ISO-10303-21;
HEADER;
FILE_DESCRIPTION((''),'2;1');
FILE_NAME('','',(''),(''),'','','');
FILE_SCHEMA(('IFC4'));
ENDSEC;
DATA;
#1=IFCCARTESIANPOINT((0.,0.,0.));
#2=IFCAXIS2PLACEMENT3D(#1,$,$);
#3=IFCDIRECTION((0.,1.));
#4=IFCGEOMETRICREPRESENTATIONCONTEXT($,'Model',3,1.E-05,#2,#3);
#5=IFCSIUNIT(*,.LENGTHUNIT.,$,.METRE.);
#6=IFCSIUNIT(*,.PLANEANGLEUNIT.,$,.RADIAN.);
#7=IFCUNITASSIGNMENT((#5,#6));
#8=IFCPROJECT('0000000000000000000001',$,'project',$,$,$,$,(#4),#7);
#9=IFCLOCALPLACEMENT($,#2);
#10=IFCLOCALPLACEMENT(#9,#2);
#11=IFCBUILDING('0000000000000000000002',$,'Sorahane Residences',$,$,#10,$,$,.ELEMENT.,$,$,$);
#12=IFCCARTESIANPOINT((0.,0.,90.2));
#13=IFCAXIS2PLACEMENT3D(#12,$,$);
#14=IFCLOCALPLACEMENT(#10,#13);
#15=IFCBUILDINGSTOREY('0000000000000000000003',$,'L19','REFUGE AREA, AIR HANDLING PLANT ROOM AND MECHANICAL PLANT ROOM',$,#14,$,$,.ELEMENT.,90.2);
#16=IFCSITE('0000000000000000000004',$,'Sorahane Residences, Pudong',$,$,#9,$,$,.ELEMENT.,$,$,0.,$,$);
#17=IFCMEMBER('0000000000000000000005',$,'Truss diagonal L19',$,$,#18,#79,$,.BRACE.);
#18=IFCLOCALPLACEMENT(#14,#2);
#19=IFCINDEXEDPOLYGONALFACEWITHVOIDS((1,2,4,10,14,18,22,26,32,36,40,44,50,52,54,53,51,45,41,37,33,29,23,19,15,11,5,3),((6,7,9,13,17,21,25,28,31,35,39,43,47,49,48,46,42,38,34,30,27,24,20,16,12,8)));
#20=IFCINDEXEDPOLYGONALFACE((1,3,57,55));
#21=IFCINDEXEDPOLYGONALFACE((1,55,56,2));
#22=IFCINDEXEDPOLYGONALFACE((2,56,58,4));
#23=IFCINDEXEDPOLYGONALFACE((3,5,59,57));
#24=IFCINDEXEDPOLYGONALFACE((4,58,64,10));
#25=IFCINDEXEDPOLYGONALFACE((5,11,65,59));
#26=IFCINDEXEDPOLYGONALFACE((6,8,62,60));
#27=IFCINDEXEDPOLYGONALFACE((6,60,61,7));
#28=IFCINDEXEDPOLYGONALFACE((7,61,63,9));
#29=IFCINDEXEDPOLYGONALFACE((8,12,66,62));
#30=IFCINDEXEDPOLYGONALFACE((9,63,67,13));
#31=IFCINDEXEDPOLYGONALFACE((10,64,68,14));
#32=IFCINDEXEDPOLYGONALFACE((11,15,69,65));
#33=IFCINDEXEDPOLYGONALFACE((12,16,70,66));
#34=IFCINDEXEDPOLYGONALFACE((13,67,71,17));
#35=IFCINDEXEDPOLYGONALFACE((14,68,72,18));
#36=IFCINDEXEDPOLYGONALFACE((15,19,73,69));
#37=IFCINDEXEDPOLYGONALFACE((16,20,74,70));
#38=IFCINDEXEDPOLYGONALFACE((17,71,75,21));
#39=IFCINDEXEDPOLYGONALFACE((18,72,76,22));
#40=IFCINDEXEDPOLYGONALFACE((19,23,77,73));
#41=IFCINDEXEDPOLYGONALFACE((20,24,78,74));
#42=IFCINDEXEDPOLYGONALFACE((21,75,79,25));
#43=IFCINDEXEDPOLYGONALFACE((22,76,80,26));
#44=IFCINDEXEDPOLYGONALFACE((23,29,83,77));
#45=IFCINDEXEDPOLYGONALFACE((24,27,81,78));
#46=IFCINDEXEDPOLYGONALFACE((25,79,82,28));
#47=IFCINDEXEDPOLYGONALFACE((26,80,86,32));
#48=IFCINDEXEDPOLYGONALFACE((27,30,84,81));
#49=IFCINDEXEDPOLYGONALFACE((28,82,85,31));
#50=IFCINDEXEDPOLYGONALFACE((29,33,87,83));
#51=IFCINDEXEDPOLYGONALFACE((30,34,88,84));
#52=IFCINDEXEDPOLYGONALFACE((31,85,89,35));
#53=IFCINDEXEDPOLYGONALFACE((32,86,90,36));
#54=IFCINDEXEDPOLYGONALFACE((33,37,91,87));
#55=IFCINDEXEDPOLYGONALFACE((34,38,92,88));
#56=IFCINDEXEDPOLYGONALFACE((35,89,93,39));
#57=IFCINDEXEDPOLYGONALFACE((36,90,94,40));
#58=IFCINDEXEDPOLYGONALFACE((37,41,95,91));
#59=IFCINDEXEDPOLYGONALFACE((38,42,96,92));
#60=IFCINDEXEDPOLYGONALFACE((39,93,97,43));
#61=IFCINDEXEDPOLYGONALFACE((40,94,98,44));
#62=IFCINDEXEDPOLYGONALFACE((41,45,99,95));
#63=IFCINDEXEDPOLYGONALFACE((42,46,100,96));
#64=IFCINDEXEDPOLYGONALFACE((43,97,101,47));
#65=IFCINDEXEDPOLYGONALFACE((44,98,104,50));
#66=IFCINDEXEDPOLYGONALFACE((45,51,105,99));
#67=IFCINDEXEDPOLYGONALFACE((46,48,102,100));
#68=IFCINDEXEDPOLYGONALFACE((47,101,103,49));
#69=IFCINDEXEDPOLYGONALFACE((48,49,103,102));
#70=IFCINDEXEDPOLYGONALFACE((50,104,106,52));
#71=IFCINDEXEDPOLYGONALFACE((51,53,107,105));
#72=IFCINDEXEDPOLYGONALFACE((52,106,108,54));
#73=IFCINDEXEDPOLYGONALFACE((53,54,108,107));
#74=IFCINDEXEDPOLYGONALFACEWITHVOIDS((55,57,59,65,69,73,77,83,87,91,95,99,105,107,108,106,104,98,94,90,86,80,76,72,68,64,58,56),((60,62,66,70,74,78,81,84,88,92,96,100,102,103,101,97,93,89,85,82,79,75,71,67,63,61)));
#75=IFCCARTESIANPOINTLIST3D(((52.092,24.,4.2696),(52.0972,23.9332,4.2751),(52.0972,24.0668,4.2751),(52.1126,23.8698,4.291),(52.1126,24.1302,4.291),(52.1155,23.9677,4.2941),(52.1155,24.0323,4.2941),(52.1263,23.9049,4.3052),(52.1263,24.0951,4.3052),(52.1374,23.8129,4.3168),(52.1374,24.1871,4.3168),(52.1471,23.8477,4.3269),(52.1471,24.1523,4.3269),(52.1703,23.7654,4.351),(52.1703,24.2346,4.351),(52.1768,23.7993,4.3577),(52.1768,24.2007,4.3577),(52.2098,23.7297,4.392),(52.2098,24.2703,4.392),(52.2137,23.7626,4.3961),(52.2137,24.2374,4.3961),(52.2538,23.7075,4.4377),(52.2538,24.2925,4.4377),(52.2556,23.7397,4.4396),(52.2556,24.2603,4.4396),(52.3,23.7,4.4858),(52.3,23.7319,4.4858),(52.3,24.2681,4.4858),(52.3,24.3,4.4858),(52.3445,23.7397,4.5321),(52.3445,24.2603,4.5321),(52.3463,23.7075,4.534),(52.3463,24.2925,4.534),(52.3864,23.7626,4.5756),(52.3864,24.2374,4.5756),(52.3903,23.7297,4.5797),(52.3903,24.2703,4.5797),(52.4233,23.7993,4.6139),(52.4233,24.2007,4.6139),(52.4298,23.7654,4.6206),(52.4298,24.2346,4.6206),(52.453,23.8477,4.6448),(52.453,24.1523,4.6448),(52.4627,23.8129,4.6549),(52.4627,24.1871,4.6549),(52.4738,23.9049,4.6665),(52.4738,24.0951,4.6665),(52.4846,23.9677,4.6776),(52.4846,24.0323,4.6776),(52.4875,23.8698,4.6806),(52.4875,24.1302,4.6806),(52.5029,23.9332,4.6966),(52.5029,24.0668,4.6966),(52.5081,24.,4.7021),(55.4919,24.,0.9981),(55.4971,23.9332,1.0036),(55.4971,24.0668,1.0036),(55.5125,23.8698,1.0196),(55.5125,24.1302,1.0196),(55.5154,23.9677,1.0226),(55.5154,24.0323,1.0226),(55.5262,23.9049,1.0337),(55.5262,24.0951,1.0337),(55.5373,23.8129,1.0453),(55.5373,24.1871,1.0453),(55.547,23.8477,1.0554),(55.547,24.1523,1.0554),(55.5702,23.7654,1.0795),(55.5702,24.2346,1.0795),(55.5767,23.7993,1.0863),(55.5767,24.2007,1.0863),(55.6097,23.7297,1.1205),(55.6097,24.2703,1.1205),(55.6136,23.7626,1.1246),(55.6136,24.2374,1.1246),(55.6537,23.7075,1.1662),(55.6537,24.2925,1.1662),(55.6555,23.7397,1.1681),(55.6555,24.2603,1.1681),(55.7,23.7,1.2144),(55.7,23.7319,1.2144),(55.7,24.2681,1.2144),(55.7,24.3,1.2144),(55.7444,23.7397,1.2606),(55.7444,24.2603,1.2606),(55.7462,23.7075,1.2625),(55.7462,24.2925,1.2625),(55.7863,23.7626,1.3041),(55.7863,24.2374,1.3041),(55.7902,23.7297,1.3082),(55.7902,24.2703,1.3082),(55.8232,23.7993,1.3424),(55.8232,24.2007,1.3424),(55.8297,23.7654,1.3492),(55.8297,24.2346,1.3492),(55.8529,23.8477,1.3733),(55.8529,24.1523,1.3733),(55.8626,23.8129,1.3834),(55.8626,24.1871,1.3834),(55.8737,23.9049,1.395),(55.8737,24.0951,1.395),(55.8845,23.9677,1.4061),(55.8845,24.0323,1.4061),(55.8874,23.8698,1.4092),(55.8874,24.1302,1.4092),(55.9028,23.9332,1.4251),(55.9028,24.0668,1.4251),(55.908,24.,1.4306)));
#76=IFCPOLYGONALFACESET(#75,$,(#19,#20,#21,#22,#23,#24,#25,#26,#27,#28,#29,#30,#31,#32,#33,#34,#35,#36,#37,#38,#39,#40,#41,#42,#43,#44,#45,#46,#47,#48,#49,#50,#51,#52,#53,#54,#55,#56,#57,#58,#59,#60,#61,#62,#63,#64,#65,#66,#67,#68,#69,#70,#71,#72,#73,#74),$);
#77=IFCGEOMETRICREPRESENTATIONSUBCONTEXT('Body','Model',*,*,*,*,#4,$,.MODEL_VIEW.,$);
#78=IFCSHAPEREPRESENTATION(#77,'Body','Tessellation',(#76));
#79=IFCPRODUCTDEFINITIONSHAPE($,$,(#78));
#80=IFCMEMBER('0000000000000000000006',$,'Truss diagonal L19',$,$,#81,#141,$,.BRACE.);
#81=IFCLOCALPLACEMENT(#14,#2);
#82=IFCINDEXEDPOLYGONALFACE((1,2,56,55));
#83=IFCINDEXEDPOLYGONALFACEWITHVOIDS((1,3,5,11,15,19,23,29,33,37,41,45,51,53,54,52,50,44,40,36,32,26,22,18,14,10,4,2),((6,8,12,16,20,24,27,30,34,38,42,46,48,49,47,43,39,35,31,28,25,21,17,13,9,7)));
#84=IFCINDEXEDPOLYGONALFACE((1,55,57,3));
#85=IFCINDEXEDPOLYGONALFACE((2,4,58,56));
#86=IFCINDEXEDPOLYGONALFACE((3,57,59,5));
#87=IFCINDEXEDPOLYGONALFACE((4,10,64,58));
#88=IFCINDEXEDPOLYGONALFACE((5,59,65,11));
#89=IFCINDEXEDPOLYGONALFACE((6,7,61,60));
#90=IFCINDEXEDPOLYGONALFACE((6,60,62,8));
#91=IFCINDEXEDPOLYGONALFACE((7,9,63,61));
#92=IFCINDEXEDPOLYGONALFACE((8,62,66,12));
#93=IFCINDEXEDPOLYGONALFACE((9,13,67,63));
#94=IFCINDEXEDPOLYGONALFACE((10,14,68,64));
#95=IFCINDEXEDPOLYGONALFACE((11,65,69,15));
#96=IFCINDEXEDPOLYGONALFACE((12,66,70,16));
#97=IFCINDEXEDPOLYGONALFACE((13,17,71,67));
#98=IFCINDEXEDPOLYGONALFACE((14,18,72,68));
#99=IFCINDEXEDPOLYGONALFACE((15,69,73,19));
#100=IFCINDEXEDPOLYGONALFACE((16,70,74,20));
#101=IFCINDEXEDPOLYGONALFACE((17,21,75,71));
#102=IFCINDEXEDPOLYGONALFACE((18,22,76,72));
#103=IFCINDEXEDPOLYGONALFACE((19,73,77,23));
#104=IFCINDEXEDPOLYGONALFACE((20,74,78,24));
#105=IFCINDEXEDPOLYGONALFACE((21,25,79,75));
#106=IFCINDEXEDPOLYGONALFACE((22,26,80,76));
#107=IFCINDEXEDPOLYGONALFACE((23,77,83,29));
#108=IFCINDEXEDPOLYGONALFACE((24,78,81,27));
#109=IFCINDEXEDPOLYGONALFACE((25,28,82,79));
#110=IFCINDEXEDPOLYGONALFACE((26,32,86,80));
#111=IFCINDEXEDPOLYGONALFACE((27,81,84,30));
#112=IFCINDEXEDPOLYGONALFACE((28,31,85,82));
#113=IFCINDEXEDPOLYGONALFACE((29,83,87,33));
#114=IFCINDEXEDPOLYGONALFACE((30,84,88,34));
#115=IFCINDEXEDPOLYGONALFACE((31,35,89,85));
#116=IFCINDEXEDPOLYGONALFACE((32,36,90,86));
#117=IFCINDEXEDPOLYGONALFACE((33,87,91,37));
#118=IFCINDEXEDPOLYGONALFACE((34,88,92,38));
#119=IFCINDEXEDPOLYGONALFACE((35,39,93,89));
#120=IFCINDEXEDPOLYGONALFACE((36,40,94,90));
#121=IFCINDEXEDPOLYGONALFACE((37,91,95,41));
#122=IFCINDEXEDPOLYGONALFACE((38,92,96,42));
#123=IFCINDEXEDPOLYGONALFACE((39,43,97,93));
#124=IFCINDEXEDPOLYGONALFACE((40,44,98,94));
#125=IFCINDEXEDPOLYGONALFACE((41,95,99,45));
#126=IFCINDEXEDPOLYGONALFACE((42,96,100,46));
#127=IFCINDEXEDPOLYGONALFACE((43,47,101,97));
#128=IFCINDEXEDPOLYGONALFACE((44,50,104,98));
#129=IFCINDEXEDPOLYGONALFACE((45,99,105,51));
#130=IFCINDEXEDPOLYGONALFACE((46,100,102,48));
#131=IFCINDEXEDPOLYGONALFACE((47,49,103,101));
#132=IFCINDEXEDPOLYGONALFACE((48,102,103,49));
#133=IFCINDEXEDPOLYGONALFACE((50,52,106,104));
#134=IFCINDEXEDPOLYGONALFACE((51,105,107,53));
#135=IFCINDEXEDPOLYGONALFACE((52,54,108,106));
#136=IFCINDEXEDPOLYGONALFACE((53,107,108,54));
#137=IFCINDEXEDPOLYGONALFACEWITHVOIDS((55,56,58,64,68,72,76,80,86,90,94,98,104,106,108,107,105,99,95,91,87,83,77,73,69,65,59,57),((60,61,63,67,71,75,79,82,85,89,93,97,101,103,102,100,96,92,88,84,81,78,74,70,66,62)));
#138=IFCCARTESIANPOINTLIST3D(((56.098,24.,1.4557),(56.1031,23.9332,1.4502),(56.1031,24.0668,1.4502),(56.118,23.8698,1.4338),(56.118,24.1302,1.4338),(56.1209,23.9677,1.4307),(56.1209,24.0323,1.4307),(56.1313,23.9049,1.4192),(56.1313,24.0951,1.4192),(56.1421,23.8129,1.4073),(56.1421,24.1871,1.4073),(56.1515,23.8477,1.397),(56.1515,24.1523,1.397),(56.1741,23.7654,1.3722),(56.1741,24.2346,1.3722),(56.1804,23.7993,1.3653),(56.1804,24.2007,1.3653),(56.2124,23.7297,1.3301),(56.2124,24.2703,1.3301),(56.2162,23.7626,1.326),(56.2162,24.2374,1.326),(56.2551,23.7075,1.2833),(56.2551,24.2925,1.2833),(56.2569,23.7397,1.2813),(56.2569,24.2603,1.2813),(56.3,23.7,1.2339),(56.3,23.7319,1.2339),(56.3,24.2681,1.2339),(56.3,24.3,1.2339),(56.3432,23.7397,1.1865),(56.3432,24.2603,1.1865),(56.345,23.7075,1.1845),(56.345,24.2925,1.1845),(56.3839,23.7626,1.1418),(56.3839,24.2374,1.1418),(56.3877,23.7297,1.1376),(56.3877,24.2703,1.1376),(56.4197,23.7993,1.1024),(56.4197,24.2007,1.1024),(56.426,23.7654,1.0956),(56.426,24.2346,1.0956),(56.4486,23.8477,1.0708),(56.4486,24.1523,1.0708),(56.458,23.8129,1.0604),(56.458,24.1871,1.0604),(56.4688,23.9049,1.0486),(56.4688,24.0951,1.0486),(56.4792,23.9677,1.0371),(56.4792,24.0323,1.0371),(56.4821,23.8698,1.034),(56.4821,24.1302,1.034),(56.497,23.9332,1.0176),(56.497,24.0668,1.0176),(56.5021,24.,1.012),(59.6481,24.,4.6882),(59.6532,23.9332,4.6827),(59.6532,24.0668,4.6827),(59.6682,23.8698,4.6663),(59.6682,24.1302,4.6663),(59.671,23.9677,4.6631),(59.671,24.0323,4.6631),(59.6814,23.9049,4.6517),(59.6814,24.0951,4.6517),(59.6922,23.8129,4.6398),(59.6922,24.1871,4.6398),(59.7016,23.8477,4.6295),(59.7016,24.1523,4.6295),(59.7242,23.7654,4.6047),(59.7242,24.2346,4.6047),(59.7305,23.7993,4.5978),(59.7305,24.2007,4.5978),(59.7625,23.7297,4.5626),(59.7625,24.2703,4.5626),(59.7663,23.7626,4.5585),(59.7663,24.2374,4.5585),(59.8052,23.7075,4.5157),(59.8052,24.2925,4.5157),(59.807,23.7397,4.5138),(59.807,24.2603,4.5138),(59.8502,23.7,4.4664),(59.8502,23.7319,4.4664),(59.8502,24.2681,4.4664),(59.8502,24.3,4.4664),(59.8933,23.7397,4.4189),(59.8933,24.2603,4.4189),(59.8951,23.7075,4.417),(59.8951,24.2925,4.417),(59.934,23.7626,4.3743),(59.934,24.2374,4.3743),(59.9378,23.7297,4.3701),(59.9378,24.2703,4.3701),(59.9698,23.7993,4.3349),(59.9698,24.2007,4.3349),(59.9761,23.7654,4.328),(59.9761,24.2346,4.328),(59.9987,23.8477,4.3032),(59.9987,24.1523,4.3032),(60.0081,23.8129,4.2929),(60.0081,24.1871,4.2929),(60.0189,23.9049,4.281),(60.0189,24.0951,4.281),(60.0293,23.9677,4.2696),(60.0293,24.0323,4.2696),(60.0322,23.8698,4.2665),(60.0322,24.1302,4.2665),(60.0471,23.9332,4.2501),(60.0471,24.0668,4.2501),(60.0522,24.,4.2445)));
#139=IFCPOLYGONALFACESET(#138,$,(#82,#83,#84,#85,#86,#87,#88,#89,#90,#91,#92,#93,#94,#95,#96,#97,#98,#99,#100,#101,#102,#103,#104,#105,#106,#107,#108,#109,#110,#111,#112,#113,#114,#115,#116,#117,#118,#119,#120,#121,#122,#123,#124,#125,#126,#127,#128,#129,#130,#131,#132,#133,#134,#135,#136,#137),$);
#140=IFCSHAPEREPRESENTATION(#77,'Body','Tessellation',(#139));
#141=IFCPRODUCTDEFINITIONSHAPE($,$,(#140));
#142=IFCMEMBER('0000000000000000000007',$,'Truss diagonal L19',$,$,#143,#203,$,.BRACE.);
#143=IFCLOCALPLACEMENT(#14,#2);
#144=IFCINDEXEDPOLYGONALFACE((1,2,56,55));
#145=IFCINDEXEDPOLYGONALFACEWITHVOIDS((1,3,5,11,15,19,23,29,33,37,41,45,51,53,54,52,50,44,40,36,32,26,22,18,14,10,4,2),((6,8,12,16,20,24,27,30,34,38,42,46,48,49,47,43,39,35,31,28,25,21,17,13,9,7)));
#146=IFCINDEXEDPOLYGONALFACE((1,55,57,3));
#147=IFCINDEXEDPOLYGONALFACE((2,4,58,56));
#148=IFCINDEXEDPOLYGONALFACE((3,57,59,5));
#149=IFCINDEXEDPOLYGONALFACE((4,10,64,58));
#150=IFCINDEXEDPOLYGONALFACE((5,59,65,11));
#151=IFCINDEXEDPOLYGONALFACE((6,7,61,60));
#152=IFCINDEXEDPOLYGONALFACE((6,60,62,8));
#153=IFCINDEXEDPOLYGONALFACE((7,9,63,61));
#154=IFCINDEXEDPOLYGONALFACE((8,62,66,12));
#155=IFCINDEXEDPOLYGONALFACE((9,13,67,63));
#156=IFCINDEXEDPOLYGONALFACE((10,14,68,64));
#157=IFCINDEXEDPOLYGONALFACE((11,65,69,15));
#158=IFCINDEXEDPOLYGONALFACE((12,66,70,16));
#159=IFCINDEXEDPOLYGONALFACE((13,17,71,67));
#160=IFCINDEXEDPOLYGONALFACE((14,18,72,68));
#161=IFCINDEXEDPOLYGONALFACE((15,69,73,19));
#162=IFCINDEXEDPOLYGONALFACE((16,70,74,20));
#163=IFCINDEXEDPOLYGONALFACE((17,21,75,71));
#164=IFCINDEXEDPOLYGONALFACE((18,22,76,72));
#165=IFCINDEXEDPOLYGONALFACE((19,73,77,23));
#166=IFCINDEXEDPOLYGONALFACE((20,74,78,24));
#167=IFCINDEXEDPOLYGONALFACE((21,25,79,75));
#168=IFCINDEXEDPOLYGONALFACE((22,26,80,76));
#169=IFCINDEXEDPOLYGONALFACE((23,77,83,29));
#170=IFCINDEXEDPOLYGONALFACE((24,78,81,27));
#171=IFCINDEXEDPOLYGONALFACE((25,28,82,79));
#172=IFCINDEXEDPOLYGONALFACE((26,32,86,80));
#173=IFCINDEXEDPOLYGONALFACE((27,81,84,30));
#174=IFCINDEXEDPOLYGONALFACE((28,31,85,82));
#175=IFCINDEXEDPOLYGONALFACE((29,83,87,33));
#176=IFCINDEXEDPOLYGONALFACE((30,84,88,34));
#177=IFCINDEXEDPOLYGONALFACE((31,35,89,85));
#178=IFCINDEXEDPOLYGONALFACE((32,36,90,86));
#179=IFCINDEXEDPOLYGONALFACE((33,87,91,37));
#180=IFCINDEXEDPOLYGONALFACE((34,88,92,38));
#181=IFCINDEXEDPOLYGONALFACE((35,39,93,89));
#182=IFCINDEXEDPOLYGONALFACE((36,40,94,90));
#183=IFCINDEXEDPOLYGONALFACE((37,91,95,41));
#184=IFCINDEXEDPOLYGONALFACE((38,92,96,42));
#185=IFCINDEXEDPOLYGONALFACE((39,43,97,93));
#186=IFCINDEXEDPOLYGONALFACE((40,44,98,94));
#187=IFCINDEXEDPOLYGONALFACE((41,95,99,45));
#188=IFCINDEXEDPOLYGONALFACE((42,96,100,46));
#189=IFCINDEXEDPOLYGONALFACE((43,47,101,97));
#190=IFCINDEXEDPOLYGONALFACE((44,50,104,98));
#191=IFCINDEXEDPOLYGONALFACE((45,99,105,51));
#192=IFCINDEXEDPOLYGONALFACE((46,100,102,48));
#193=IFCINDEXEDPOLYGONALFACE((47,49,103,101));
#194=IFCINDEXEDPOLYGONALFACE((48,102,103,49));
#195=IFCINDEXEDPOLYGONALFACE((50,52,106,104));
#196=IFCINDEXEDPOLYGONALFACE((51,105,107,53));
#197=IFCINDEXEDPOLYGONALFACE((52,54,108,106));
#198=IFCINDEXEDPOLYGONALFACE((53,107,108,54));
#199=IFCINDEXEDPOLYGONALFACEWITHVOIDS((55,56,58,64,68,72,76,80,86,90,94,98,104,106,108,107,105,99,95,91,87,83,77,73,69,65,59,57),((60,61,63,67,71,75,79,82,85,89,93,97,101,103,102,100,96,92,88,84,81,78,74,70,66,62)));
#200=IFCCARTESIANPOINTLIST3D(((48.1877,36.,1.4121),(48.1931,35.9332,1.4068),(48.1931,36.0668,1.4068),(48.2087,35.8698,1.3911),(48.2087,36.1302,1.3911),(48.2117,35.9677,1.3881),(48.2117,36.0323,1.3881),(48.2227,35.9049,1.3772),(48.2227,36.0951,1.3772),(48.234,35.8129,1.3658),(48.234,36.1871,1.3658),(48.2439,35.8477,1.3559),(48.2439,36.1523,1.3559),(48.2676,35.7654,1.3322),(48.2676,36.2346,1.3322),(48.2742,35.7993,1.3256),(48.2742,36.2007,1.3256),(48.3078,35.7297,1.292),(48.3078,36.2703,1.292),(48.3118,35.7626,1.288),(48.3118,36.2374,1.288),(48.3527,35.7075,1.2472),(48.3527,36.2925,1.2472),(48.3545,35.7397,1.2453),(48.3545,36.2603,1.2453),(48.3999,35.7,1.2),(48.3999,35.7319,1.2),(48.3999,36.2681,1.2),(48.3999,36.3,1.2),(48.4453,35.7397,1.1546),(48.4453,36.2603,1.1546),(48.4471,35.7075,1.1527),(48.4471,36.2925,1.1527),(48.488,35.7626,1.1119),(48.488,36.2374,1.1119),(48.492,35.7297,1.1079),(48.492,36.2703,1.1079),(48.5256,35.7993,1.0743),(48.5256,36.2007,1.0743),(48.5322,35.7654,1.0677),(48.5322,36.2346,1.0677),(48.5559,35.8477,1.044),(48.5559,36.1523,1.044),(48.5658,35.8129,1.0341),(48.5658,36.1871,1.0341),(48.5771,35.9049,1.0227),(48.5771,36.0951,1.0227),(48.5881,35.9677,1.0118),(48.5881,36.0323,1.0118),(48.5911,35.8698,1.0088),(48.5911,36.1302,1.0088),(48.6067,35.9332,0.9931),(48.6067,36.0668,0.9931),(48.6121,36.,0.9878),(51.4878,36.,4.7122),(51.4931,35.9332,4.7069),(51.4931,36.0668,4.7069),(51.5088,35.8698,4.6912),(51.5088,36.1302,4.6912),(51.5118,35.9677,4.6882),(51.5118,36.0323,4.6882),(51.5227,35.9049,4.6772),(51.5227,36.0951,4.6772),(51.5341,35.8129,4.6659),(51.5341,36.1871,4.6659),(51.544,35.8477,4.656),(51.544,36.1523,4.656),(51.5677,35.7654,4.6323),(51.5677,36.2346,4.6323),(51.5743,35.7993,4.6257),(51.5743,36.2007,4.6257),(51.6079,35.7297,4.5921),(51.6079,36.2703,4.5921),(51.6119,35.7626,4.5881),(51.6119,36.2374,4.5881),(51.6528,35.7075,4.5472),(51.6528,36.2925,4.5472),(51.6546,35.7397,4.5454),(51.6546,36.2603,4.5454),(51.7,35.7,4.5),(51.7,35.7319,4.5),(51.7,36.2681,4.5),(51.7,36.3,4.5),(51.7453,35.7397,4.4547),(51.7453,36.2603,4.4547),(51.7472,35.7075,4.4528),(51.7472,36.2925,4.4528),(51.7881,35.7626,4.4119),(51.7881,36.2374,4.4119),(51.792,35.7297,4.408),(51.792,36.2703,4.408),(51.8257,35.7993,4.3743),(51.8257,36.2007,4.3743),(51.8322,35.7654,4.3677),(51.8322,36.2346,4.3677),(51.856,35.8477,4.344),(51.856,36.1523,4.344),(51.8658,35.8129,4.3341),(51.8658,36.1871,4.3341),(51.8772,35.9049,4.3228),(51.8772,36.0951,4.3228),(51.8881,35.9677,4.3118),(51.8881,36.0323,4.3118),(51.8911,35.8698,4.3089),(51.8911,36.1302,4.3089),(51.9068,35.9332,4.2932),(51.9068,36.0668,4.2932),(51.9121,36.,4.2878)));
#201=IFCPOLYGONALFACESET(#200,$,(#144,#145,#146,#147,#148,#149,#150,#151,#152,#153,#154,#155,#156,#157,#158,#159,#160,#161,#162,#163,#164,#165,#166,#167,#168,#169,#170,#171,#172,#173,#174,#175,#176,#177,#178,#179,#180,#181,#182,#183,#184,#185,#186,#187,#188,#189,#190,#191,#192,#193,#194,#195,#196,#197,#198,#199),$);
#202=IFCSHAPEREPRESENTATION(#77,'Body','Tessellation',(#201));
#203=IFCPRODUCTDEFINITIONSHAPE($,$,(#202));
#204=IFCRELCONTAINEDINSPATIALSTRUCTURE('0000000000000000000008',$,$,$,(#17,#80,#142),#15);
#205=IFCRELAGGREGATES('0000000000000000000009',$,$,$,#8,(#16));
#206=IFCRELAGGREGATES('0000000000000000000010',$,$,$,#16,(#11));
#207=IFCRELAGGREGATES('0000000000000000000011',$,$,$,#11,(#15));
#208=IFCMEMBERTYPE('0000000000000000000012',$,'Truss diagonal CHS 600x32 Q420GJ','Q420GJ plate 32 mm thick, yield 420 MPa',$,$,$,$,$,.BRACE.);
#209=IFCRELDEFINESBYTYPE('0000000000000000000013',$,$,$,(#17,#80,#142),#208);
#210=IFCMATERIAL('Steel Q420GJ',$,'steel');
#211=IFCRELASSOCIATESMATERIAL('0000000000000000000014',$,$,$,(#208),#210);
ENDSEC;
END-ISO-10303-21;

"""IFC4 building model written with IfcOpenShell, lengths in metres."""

from ifc_helpers import new_model, si_unit, direction, frame, origin, origin_2d, place, context, subcontext, project, spatial, hollow_circle, extrude, material, material_profile, profile_set, type_object, element, save


model = new_model("IFC4")

# Units and contexts
model_context = context("Model", 3, precision=1e-05, world=origin(), true_north=direction((0.0, 1.0)))
body_context = subcontext(model_context, "Body", "Model", "MODEL_VIEW")
ifc_project = project(units=[si_unit("LENGTHUNIT", "METRE"), si_unit("PLANEANGLEUNIT", "RADIAN")], contexts=[model_context])

# Site, building, storey
site_placement = place(None, origin())
site = spatial("IfcSite", under=ifc_project, at=site_placement, Name="Sorahane Residences, Pudong", CompositionType="ELEMENT", RefElevation=0.0)
building_placement = place(site_placement, origin())
building = spatial("IfcBuilding", under=site, at=building_placement, Name="Sorahane Residences", CompositionType="ELEMENT")
storey_placement = place(building_placement, frame((0.0, 0.0, 90.2)))
storey = spatial("IfcBuildingStorey", under=building, at=storey_placement, Name="L19", Description="REFUGE AREA, AIR HANDLING PLANT ROOM AND MECHANICAL PLANT ROOM", CompositionType="ELEMENT", Elevation=90.2)

# Members
ifc_material_1 = material(Name="Steel Q420GJ", Category="steel")
ifc_material_profile_1 = material_profile(ifc_material_1, hollow_circle(Radius=0.3, WallThickness=0.032, at=origin_2d()), Name="CHS 600x32")
ifc_profile_set_1 = profile_set([ifc_material_profile_1], Name="Steel Q420GJ")
member_type = type_object("IfcMemberType", Name="Truss diagonal CHS 600x32 Q420GJ", Description="Q420GJ plate 32 mm thick, yield 420 MPa", PredefinedType="BRACE", material=ifc_profile_set_1)
member_1_placement = place(storey_placement, frame((52.3, 24.0, 4.4858), z_axis=(0.720584, 0.0, -0.693367), x_axis=(0.0, 1.0, 0.0)))
element("IfcMember", 1, at=member_1_placement, inside=storey, type_object=member_type, Name="Truss diagonal L19", PredefinedType="BRACE", context=body_context, shape_type="SweptSolid", body=[
    extrude(hollow_circle(Radius=0.3, WallThickness=0.032, at=origin_2d()), origin(), (0.0, 0.0, 1.0), 4.7183),
])
member_2_placement = place(storey_placement, frame((56.3, 24.0, 1.2339), z_axis=(0.739411, 0.0, 0.673255), x_axis=(0.0, 1.0, 0.0)))
element("IfcMember", 2, at=member_2_placement, inside=storey, type_object=member_type, Name="Truss diagonal L19", PredefinedType="BRACE", context=body_context, shape_type="SweptSolid", body=[
    extrude(hollow_circle(Radius=0.3, WallThickness=0.032, at=origin_2d()), origin(), (0.0, 0.0, 1.0), 4.8013),
])
member_3_placement = place(storey_placement, frame((48.3999, 36.0, 1.2), z_axis=(0.707107, 0.0, 0.707107), x_axis=(0.0, 1.0, 0.0)))
element("IfcMember", 3, at=member_3_placement, inside=storey, type_object=member_type, Name="Truss diagonal L19", PredefinedType="BRACE", context=body_context, shape_type="SweptSolid", body=[
    extrude(hollow_circle(Radius=0.3, WallThickness=0.032, at=origin_2d()), origin(), (0.0, 0.0, 1.0), 4.667),
])

save(model, "model.ifc")
